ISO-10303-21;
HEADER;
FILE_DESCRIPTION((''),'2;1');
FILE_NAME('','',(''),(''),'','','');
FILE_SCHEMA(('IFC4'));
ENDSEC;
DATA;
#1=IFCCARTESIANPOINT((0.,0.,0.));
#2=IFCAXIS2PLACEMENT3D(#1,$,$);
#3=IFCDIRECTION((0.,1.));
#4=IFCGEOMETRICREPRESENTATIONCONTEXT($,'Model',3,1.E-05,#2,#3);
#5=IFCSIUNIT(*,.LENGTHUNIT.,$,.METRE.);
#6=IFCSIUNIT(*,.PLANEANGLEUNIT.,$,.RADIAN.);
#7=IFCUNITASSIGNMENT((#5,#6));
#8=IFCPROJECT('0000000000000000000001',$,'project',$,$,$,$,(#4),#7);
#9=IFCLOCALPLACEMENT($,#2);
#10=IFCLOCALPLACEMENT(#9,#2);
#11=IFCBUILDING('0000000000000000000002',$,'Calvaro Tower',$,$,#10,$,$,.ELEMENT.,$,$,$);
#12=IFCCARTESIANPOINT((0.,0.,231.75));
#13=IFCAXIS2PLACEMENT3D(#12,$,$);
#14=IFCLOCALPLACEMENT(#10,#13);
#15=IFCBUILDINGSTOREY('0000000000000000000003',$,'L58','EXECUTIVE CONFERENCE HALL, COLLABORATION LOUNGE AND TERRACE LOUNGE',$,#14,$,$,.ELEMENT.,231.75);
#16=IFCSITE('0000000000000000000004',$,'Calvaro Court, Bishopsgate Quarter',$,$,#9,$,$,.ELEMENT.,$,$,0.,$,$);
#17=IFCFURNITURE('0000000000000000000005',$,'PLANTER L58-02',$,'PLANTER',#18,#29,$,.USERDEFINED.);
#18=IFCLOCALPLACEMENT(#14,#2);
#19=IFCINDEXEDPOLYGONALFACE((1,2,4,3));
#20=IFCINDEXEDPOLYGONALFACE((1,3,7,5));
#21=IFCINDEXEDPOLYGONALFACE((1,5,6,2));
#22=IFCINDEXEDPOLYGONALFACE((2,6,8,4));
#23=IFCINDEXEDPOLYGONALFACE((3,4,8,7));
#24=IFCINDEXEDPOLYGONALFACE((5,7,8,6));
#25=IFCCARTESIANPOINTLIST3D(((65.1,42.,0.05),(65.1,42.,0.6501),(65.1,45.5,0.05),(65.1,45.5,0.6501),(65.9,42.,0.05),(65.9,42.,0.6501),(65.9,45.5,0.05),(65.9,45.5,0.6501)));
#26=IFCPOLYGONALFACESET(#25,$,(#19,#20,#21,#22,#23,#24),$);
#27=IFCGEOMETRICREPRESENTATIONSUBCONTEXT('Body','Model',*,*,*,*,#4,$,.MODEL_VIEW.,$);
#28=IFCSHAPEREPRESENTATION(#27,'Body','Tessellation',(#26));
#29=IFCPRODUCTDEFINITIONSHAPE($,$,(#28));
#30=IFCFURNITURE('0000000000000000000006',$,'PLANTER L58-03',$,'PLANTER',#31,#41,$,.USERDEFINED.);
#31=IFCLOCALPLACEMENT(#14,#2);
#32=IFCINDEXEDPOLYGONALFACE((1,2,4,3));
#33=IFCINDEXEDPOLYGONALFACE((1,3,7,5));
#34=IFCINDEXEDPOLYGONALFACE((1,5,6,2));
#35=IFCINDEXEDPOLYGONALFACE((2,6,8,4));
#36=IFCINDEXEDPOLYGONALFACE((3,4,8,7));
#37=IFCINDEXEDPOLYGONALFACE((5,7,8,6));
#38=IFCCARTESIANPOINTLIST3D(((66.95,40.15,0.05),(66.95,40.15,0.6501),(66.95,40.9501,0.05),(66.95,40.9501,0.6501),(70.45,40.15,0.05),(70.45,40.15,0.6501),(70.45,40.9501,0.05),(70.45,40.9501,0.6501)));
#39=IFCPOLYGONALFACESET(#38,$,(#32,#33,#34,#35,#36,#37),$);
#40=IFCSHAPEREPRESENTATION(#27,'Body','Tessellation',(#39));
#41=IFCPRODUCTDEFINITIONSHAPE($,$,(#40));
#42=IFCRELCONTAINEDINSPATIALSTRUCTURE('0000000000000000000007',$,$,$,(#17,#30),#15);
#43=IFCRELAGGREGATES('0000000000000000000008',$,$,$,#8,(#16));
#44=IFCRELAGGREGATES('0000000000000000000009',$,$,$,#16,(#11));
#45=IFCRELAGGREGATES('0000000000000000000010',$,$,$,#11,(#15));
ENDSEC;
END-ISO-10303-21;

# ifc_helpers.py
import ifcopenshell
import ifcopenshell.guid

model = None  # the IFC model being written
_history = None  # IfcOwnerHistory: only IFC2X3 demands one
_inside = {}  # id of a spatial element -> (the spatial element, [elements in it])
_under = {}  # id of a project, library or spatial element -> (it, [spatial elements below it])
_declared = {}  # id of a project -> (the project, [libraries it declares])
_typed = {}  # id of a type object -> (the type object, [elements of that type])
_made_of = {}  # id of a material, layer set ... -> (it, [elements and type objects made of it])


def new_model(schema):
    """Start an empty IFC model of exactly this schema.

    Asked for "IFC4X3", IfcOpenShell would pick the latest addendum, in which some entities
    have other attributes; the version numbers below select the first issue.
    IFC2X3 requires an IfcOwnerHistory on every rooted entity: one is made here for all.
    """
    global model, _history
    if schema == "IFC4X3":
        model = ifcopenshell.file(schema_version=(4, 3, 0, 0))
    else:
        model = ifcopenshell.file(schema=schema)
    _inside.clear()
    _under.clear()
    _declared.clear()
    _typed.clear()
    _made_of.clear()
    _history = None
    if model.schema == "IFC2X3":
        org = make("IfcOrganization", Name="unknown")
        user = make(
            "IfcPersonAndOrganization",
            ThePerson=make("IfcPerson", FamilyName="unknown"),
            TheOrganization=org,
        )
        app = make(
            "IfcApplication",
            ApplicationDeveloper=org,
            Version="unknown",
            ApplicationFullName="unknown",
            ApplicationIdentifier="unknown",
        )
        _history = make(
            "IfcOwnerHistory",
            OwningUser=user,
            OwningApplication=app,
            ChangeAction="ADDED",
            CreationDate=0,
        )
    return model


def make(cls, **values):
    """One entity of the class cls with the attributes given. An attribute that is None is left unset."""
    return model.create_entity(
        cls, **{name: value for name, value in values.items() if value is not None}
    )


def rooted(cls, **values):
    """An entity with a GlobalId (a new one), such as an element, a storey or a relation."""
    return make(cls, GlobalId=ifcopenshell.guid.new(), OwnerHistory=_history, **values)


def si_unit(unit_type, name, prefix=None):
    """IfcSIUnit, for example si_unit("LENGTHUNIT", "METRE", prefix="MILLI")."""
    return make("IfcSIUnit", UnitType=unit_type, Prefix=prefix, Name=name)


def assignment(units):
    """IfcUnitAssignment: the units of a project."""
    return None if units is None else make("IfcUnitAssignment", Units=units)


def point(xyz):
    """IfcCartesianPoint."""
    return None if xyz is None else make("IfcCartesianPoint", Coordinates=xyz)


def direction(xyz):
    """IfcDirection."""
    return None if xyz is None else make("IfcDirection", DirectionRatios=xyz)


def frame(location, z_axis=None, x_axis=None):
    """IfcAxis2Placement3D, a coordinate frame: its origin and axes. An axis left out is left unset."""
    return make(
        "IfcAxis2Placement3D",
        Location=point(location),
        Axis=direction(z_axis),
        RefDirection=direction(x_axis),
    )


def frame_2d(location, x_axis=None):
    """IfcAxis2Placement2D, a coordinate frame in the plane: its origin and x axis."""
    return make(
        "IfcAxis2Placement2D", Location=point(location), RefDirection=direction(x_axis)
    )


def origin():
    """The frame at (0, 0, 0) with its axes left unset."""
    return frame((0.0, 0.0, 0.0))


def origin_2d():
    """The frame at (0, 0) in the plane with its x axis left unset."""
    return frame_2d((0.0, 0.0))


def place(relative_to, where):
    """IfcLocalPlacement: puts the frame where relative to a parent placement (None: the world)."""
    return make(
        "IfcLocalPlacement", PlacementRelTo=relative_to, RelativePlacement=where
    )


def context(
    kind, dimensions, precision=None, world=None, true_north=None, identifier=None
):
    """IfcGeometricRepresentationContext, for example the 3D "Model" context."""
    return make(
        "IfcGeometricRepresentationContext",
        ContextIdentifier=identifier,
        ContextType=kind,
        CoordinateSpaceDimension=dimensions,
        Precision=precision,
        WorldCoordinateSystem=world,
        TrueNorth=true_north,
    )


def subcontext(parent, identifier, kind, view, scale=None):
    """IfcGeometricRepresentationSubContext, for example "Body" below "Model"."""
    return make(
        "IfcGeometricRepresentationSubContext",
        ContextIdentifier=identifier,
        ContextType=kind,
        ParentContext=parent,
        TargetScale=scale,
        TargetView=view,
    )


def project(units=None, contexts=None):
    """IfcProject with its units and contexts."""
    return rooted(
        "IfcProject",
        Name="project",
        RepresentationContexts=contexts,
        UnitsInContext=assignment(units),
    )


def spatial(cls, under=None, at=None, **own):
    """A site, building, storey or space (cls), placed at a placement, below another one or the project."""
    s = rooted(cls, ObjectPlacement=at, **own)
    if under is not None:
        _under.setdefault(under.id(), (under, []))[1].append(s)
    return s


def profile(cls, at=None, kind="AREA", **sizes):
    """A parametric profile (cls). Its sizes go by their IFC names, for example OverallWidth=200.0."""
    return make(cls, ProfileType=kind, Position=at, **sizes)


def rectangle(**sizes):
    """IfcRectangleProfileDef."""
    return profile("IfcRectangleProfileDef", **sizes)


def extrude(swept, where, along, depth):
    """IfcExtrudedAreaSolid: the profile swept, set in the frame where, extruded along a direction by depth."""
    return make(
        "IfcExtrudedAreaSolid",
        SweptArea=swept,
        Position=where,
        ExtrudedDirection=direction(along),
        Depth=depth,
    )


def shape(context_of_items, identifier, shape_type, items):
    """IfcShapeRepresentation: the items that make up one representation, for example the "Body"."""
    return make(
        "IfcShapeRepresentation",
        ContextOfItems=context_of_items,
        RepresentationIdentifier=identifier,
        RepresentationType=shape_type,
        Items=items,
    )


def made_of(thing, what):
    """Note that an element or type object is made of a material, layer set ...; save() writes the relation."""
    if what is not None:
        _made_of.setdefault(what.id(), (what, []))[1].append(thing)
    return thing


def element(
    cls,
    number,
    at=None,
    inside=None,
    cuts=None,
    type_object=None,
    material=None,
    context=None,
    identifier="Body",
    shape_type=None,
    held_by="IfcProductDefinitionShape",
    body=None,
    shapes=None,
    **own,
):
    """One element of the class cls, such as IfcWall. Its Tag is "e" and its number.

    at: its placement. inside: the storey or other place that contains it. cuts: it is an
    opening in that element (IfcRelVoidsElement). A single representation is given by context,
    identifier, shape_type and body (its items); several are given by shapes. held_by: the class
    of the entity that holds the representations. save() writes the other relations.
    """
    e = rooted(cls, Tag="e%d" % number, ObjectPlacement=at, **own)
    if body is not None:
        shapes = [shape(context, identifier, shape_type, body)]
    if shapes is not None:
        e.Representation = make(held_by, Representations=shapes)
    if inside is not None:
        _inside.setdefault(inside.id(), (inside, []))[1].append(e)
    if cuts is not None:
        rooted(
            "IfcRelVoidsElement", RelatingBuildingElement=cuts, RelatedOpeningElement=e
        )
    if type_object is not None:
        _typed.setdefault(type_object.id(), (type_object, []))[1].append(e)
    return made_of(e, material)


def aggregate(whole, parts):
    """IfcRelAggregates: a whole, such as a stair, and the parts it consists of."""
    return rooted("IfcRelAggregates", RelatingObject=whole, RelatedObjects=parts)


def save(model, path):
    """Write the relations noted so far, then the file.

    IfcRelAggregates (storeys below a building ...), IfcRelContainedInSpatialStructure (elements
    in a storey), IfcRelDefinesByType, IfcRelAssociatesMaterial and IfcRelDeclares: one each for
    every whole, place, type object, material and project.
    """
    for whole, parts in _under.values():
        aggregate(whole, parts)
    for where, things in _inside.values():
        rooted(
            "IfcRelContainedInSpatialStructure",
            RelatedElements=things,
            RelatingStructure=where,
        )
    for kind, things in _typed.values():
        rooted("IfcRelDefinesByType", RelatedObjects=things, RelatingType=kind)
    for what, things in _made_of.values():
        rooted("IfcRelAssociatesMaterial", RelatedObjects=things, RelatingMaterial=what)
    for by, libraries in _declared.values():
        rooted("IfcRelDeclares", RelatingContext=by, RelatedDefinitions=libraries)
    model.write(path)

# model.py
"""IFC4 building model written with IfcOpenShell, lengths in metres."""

from ifc_helpers import new_model, si_unit, direction, frame, origin, origin_2d, place, context, subcontext, project, spatial, rectangle, extrude, element, save


model = new_model("IFC4")

# Units and contexts
model_context = context("Model", 3, precision=1e-05, world=origin(), true_north=direction((0.0, 1.0)))
body_context = subcontext(model_context, "Body", "Model", "MODEL_VIEW")
ifc_project = project(units=[si_unit("LENGTHUNIT", "METRE"), si_unit("PLANEANGLEUNIT", "RADIAN")], contexts=[model_context])

# Site, building, storey
site_placement = place(None, origin())
site = spatial("IfcSite", under=ifc_project, at=site_placement, Name="Calvaro Court, Bishopsgate Quarter", CompositionType="ELEMENT", RefElevation=0.0)
building_placement = place(site_placement, origin())
building = spatial("IfcBuilding", under=site, at=building_placement, Name="Calvaro Tower", CompositionType="ELEMENT")
storey_placement = place(building_placement, frame((0.0, 0.0, 231.75)))
storey = spatial("IfcBuildingStorey", under=building, at=storey_placement, Name="L58", Description="EXECUTIVE CONFERENCE HALL, COLLABORATION LOUNGE AND TERRACE LOUNGE", CompositionType="ELEMENT", Elevation=231.75)

# Furniture
furniture_1_placement = place(storey_placement, frame((65.5, 43.75, 0.05), z_axis=(0.0, 0.0, 1.0), x_axis=(1.0, 0.0, 0.0)))
element("IfcFurniture", 1, at=furniture_1_placement, inside=storey, Name="PLANTER L58-02", ObjectType="PLANTER", PredefinedType="USERDEFINED", context=body_context, shape_type="SweptSolid", body=[
    extrude(rectangle(XDim=0.8, YDim=3.5, at=origin_2d()), origin(), (0.0, 0.0, 1.0), 0.6001),
])
furniture_2_placement = place(storey_placement, frame((68.7, 40.55, 0.05), z_axis=(0.0, 0.0, 1.0), x_axis=(1.0, 0.0, 0.0)))
element("IfcFurniture", 2, at=furniture_2_placement, inside=storey, Name="PLANTER L58-03", ObjectType="PLANTER", PredefinedType="USERDEFINED", context=body_context, shape_type="SweptSolid", body=[
    extrude(rectangle(XDim=3.5, YDim=0.8, at=origin_2d()), origin(), (0.0, 0.0, 1.0), 0.6001),
])

save(model, "model.ifc")
